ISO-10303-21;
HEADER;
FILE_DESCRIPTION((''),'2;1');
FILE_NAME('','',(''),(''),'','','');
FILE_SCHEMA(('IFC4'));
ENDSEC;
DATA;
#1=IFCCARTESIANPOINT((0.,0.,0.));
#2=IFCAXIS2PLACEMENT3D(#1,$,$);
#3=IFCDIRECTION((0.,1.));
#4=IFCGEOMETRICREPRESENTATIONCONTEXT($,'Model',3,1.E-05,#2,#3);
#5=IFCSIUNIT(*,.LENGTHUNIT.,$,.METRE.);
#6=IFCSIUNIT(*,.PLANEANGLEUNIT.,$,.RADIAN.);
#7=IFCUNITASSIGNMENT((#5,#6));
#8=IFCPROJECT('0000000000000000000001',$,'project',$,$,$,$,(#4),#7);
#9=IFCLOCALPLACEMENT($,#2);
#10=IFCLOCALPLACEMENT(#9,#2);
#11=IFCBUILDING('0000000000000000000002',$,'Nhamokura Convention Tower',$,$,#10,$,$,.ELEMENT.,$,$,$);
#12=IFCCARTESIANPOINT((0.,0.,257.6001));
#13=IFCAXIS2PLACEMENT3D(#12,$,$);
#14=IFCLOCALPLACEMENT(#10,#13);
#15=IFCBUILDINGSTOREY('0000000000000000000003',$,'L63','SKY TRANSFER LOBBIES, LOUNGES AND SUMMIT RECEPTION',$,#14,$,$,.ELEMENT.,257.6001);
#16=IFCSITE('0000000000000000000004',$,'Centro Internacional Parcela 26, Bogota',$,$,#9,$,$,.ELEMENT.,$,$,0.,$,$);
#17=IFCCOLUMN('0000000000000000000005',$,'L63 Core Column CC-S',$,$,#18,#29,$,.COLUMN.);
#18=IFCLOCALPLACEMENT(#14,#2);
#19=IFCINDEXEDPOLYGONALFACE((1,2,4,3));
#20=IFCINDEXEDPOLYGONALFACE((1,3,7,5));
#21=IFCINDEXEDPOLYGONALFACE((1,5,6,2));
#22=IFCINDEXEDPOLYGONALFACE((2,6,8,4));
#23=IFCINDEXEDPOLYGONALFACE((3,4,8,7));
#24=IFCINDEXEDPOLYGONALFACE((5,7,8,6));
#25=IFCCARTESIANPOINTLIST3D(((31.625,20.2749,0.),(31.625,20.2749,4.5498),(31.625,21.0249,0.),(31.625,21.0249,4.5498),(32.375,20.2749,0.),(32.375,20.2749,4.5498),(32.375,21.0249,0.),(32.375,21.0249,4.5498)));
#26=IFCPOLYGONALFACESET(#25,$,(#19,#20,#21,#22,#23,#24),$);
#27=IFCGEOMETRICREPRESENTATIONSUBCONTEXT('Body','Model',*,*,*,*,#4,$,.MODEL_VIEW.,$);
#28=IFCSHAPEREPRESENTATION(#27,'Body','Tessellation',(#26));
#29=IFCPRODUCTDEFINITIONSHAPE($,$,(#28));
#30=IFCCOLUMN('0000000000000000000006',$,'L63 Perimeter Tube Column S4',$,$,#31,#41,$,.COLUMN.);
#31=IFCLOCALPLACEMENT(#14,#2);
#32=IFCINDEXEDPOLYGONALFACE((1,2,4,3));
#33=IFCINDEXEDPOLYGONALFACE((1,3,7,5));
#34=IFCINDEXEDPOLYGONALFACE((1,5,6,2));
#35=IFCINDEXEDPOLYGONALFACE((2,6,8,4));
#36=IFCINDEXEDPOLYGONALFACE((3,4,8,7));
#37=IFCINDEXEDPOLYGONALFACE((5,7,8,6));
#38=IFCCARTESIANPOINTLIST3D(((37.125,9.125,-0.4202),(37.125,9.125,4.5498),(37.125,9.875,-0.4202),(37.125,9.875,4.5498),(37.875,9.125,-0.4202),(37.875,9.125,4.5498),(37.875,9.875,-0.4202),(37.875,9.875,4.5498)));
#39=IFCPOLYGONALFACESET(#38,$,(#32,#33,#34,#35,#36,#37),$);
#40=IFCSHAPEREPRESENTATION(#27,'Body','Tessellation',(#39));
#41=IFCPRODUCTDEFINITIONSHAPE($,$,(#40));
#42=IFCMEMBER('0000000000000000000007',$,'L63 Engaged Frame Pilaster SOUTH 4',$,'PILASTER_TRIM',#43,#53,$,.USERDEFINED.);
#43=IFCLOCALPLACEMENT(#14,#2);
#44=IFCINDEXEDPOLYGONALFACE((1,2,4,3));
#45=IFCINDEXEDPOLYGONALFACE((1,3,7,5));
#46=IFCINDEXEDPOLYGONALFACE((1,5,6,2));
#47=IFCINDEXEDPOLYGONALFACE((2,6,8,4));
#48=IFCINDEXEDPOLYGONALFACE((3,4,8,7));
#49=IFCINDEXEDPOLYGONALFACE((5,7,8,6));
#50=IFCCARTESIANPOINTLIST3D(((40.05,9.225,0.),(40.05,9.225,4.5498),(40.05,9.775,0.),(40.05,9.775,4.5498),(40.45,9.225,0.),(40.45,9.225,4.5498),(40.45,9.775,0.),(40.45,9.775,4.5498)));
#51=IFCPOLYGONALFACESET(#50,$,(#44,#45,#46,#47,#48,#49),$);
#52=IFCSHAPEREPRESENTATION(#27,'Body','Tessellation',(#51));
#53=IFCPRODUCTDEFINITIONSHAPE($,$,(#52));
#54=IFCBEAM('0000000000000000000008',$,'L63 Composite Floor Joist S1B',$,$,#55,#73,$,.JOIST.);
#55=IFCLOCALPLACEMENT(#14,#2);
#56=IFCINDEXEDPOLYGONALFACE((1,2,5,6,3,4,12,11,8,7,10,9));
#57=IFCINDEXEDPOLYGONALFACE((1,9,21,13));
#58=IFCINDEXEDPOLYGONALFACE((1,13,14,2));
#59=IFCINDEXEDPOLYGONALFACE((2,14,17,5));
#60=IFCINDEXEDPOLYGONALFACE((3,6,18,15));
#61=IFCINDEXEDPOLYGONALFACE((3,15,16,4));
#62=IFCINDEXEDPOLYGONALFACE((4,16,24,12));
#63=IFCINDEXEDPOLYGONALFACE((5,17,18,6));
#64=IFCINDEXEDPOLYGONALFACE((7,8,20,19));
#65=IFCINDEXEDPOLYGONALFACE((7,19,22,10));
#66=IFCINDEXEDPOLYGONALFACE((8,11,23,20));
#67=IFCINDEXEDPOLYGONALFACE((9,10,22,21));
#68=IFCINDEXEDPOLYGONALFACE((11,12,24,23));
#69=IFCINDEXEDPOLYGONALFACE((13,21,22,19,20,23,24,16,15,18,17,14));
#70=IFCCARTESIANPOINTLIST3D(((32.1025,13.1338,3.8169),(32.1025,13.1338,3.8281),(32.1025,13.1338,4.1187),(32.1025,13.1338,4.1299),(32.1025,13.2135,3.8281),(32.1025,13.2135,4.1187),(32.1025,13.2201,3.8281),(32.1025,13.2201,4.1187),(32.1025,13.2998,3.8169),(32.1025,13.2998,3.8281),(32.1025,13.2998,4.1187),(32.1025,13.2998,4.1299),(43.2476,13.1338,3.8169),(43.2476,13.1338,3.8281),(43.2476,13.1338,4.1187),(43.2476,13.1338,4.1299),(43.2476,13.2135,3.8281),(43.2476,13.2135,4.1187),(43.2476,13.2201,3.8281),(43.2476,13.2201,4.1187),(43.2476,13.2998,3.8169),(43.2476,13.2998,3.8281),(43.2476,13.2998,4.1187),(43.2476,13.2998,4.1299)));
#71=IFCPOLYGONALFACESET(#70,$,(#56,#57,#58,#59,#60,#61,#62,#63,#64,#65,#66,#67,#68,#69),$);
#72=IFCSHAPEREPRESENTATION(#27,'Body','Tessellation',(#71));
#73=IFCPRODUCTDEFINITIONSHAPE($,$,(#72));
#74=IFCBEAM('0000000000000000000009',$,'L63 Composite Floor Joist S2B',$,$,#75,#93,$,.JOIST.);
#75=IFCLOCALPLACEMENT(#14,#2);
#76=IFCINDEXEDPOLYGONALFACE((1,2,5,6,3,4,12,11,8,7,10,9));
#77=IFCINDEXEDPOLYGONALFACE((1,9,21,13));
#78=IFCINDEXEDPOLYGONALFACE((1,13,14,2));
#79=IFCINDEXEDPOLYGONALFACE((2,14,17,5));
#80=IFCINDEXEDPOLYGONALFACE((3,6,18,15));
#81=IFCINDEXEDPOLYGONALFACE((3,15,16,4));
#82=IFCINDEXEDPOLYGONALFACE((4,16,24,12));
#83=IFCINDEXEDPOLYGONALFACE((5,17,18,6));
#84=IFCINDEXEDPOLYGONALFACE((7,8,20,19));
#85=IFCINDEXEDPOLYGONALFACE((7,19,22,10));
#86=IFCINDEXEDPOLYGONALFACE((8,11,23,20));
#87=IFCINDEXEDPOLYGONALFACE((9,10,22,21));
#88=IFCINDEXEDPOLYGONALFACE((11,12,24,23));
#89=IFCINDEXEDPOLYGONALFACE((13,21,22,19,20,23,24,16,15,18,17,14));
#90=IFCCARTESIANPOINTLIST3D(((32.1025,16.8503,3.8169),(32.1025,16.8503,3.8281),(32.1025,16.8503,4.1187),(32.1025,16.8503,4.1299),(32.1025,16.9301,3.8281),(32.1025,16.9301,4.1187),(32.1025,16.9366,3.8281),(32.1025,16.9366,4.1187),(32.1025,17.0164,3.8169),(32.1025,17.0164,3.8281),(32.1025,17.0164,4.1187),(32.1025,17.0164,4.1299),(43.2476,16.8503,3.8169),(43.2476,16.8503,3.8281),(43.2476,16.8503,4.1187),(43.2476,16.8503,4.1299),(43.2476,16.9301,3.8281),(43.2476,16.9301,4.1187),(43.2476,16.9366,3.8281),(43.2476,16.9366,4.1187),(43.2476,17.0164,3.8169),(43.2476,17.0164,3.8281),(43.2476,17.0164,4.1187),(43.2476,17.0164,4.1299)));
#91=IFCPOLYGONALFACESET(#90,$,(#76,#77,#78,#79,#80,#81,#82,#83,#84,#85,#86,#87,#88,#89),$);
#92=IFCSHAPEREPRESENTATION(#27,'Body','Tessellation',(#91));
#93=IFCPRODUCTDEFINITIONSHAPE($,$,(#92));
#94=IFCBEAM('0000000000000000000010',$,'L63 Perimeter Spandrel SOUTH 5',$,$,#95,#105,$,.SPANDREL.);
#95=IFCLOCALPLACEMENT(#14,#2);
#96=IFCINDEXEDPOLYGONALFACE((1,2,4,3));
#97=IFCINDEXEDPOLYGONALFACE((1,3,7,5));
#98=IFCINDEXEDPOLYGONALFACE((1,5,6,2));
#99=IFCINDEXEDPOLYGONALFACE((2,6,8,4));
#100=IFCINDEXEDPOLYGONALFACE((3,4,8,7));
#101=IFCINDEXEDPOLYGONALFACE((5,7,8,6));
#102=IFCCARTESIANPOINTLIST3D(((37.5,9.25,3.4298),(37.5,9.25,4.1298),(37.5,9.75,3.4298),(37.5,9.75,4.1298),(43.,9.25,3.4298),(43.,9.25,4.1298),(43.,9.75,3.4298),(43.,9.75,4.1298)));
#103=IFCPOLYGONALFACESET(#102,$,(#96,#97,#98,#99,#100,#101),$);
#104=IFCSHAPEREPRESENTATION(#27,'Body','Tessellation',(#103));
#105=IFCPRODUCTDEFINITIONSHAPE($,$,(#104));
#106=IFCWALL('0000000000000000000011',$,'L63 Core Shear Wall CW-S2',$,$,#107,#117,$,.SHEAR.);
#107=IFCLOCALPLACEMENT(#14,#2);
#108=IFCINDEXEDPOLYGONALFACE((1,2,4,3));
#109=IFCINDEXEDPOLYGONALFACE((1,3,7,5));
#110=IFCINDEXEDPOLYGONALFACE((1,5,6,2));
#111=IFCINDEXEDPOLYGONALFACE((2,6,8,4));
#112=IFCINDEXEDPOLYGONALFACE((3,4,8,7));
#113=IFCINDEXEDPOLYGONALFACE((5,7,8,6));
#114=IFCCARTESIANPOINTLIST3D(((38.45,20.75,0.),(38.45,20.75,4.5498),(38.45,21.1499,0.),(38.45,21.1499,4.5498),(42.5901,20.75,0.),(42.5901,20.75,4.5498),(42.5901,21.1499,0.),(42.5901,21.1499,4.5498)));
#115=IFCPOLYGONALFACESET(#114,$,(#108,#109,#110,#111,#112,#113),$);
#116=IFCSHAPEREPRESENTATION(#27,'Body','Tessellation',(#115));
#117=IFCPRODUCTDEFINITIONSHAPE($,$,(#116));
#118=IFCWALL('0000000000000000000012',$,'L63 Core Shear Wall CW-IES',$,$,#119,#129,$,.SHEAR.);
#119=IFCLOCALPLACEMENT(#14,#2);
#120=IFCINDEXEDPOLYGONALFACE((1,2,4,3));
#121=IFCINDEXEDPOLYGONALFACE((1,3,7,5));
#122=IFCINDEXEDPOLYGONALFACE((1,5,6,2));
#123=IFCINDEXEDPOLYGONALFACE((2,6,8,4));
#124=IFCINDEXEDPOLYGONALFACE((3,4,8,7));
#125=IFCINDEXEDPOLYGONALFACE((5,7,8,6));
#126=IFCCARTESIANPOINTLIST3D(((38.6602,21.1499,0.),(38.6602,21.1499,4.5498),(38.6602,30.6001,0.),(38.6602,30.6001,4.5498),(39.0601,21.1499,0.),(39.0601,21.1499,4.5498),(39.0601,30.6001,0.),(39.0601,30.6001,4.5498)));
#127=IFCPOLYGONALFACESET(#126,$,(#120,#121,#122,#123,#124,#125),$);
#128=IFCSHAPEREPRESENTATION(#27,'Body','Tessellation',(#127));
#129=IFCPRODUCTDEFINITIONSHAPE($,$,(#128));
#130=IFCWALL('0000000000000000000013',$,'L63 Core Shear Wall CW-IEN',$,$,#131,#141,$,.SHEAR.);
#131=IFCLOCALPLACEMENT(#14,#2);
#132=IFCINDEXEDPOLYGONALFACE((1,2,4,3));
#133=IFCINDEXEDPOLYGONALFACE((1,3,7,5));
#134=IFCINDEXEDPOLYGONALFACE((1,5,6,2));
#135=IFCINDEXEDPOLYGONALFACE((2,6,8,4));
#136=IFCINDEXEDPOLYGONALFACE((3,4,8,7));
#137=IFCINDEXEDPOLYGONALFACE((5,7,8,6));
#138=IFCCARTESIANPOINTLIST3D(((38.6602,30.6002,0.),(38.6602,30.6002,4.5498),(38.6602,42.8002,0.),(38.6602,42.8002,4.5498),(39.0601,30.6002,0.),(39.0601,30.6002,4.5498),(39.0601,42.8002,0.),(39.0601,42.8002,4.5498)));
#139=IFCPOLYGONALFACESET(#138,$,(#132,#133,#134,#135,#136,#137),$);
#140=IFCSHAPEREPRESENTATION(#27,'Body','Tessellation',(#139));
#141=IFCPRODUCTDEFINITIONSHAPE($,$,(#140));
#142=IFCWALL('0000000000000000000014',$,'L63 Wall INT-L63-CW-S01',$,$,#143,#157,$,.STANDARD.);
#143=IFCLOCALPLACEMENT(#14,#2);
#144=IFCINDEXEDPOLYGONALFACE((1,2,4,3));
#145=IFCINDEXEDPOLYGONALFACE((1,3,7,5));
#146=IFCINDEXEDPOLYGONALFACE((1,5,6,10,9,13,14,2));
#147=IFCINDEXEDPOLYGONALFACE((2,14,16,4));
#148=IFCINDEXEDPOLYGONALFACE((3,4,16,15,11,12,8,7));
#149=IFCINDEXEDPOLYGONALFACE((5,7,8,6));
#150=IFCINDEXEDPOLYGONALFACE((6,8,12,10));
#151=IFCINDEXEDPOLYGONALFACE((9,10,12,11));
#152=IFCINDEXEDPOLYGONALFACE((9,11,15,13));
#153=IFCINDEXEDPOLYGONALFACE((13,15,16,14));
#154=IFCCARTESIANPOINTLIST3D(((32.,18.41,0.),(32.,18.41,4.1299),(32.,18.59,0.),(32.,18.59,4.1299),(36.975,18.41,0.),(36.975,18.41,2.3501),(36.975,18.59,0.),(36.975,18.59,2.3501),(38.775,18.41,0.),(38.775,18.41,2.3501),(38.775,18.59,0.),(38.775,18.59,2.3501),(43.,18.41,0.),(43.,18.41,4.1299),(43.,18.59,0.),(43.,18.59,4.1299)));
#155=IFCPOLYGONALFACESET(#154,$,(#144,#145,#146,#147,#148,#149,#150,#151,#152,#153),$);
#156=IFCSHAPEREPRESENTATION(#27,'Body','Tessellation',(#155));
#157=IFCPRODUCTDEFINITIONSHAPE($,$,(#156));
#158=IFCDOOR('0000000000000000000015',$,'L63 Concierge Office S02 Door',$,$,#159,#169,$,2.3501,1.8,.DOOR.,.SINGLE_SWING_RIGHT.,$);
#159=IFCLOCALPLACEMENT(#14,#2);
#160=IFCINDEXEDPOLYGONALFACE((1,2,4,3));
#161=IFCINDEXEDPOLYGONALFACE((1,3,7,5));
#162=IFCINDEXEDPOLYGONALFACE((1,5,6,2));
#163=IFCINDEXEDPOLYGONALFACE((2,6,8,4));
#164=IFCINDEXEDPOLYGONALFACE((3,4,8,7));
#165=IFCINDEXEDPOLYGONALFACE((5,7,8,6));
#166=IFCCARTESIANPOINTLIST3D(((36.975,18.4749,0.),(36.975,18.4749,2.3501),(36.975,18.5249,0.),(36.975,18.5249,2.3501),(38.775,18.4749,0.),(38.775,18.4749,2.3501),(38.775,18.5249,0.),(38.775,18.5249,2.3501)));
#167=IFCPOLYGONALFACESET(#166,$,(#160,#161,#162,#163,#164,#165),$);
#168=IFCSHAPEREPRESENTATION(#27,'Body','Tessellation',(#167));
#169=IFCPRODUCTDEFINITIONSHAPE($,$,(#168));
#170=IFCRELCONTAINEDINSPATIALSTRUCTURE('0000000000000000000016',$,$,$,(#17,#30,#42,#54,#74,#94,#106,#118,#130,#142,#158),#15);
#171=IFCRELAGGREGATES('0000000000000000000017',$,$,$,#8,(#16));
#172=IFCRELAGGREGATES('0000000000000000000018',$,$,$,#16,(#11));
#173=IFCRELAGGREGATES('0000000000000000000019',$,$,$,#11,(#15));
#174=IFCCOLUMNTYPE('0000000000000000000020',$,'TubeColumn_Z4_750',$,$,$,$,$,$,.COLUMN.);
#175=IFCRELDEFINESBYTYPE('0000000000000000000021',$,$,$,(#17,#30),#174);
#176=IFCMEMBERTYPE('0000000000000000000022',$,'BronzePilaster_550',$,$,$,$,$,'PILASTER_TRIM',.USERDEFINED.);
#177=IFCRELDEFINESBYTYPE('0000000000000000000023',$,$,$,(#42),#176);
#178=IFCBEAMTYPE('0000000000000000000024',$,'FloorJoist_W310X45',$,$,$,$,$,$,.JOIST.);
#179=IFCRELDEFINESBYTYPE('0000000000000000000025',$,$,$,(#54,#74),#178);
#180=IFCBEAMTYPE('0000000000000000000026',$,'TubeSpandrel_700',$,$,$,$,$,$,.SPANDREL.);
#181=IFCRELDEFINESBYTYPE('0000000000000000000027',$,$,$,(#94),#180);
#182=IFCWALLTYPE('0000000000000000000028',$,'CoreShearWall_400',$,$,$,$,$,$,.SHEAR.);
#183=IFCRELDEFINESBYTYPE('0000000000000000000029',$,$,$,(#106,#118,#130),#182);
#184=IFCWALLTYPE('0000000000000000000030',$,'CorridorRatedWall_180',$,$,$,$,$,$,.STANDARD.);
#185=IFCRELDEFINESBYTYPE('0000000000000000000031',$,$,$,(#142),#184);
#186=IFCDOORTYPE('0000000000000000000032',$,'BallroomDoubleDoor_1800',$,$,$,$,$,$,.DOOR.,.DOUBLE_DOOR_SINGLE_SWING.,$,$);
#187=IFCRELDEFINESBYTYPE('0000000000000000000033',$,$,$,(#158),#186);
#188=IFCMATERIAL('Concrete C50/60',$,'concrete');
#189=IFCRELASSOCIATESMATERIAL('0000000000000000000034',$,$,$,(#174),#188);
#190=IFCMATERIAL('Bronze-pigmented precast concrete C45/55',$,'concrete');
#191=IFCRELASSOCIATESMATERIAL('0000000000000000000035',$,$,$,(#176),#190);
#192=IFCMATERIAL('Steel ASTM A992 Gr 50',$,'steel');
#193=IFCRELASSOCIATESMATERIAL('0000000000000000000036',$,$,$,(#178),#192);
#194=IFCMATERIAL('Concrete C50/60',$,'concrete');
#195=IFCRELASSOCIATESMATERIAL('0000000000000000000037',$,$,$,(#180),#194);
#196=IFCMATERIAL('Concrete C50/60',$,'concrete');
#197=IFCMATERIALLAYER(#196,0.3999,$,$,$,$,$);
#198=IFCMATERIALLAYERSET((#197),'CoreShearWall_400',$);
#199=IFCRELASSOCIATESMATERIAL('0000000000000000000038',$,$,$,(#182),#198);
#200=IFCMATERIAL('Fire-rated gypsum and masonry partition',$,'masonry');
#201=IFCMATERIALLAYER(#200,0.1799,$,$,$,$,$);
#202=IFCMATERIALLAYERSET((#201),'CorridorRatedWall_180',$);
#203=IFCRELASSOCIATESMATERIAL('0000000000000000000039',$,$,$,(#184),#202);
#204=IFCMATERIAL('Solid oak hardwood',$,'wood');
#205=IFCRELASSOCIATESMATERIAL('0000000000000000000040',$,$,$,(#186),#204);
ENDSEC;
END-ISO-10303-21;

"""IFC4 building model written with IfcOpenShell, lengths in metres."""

from ifc_helpers import new_model, si_unit, direction, frame, frame_2d, origin, origin_2d, place, context, subcontext, project, spatial, rectangle, i_section, extrude, material, layer, layer_set, material_profile, profile_set, type_object, element, fill, save


model = new_model("IFC4")

# Units and contexts
model_context = context("Model", 3, precision=1e-05, world=origin(), true_north=direction((0.0, 1.0)))
body_context = subcontext(model_context, "Body", "Model", "MODEL_VIEW")
ifc_project = project(units=[si_unit("LENGTHUNIT", "METRE"), si_unit("PLANEANGLEUNIT", "RADIAN")], contexts=[model_context])

# Site, building, storey
site_placement = place(None, origin())
site = spatial("IfcSite", under=ifc_project, at=site_placement, Name="Centro Internacional Parcela 26, Bogota", CompositionType="ELEMENT", RefElevation=0.0)
building_placement = place(site_placement, origin())
building = spatial("IfcBuilding", under=site, at=building_placement, Name="Nhamokura Convention Tower", CompositionType="ELEMENT")
storey_placement = place(building_placement, frame((0.0, 0.0, 257.6001)))
storey = spatial("IfcBuildingStorey", under=building, at=storey_placement, Name="L63", Description="SKY TRANSFER LOBBIES, LOUNGES AND SUMMIT RECEPTION", CompositionType="ELEMENT", Elevation=257.6001)

# Columns
ifc_material_1 = material(Name="Concrete C50/60", Category="concrete")
ifc_material_profile_1 = material_profile(ifc_material_1, rectangle(XDim=0.75, YDim=0.75, at=origin_2d()))
ifc_profile_set_1 = profile_set([ifc_material_profile_1], Name="Concrete C50/60")
column_type = type_object("IfcColumnType", Name="TubeColumn_Z4_750", PredefinedType="COLUMN", material=ifc_profile_set_1)
column_1_placement = place(storey_placement, frame((32.0, 20.6499, 0.0), z_axis=(0.0, 0.0, 1.0), x_axis=(1.0, 0.0, 0.0)))
element("IfcColumn", 1, at=column_1_placement, inside=storey, type_object=column_type, Name="L63 Core Column CC-S", PredefinedType="COLUMN", context=body_context, shape_type="SweptSolid", body=[
    extrude(rectangle(XDim=0.75, YDim=0.75, at=origin_2d()), origin(), (0.0, 0.0, 1.0), 4.5498),
])
column_2_placement = place(storey_placement, frame((37.5, 9.5, -0.4202), z_axis=(0.0, 0.0, 1.0), x_axis=(1.0, 0.0, 0.0)))
element("IfcColumn", 2, at=column_2_placement, inside=storey, type_object=column_type, Name="L63 Perimeter Tube Column S4", PredefinedType="COLUMN", context=body_context, shape_type="SweptSolid", body=[
    extrude(rectangle(XDim=0.75, YDim=0.75, at=origin_2d()), origin(), (0.0, 0.0, 1.0), 4.97),
])

# Member
ifc_material_2 = material(Name="Bronze-pigmented precast concrete C45/55", Category="concrete")
ifc_material_profile_2 = material_profile(ifc_material_2, rectangle(XDim=0.3999, YDim=0.55, at=origin_2d()))
ifc_profile_set_2 = profile_set([ifc_material_profile_2], Name="Bronze-pigmented precast concrete C45/55")
member_type = type_object("IfcMemberType", Name="BronzePilaster_550", ElementType="PILASTER_TRIM", PredefinedType="USERDEFINED", material=ifc_profile_set_2)
member_placement = place(storey_placement, frame((40.25, 9.5, 0.0), z_axis=(0.0, 0.0, 1.0), x_axis=(1.0, 0.0, 0.0)))
element("IfcMember", 3, at=member_placement, inside=storey, type_object=member_type, Name="L63 Engaged Frame Pilaster SOUTH 4", ObjectType="PILASTER_TRIM", PredefinedType="USERDEFINED", context=body_context, shape_type="SweptSolid", body=[
    extrude(rectangle(XDim=0.3999, YDim=0.55, at=origin_2d()), origin(), (0.0, 0.0, 1.0), 4.5498),
])

# Beams
ifc_material_3 = material(Name="Steel ASTM A992 Gr 50", Category="steel")
ifc_material_profile_3 = material_profile(ifc_material_3, i_section(OverallWidth=0.166, OverallDepth=0.313, WebThickness=0.0066, FlangeThickness=0.0112, at=origin_2d()))
ifc_profile_set_3 = profile_set([ifc_material_profile_3], Name="Steel ASTM A992 Gr 50")
beam_type_1 = type_object("IfcBeamType", Name="FloorJoist_W310X45", PredefinedType="JOIST", material=ifc_profile_set_3)
for number, where, z_axis, x_axis, name in (
    (4, (32.1025, 13.2168, 3.9734), (1.0, 0.0, 0.0), (0.0, 1.0, 0.0), "L63 Composite Floor Joist S1B"),
    (5, (32.1025, 16.9333, 3.9734), (1.0, 0.0, 0.0), (0.0, 1.0, 0.0), "L63 Composite Floor Joist S2B"),
):
    element("IfcBeam", number, at=place(storey_placement, frame(where, z_axis=z_axis, x_axis=x_axis)), inside=storey, type_object=beam_type_1, Name=name, PredefinedType="JOIST", context=body_context, shape_type="SweptSolid", body=[
        extrude(i_section(OverallWidth=0.166, OverallDepth=0.313, WebThickness=0.0066, FlangeThickness=0.0112, at=origin_2d()), origin(), (0.0, 0.0, 1.0), 11.145),
    ])
ifc_material_4 = material(Name="Concrete C50/60", Category="concrete")
ifc_material_profile_4 = material_profile(ifc_material_4, rectangle(XDim=0.5, YDim=0.7, at=origin_2d()))
ifc_profile_set_4 = profile_set([ifc_material_profile_4], Name="Concrete C50/60")
beam_type_2 = type_object("IfcBeamType", Name="TubeSpandrel_700", PredefinedType="SPANDREL", material=ifc_profile_set_4)
beam_placement = place(storey_placement, frame((37.5, 9.5, 3.7798), z_axis=(1.0, 0.0, 0.0), x_axis=(0.0, 1.0, 0.0)))
element("IfcBeam", 6, at=beam_placement, inside=storey, type_object=beam_type_2, Name="L63 Perimeter Spandrel SOUTH 5", PredefinedType="SPANDREL", context=body_context, shape_type="SweptSolid", body=[
    extrude(rectangle(XDim=0.5, YDim=0.7, at=origin_2d()), origin(), (0.0, 0.0, 1.0), 5.5),
])

# Walls
ifc_material_5 = material(Name="Concrete C50/60", Category="concrete")
ifc_layer_1 = layer(ifc_material_5, 0.3999)
ifc_layer_set_1 = layer_set([ifc_layer_1], Name="CoreShearWall_400")
wall_type_1 = type_object("IfcWallType", Name="CoreShearWall_400", PredefinedType="SHEAR", material=ifc_layer_set_1)
wall_1_placement = place(storey_placement, frame((38.45, 20.95, 0.0), z_axis=(0.0, 0.0, 1.0), x_axis=(1.0, 0.0, 0.0)))
element("IfcWall", 7, at=wall_1_placement, inside=storey, type_object=wall_type_1, Name="L63 Core Shear Wall CW-S2", PredefinedType="SHEAR", context=body_context, shape_type="SweptSolid", body=[
    extrude(rectangle(XDim=4.1401, YDim=0.3999, at=frame_2d((2.0701, 0.0))), origin(), (0.0, 0.0, 1.0), 4.5498),
])
wall_2_placement = place(storey_placement, frame((38.8601, 21.1499, 0.0), z_axis=(0.0, 0.0, 1.0), x_axis=(0.0, 1.0, 0.0)))
element("IfcWall", 8, at=wall_2_placement, inside=storey, type_object=wall_type_1, Name="L63 Core Shear Wall CW-IES", PredefinedType="SHEAR", context=body_context, shape_type="SweptSolid", body=[
    extrude(rectangle(XDim=9.4502, YDim=0.3999, at=frame_2d((4.7251, 0.0))), origin(), (0.0, 0.0, 1.0), 4.5498),
])
wall_3_placement = place(storey_placement, frame((38.8601, 30.6001, 0.0), z_axis=(0.0, 0.0, 1.0), x_axis=(0.0, 1.0, 0.0)))
element("IfcWall", 9, at=wall_3_placement, inside=storey, type_object=wall_type_1, Name="L63 Core Shear Wall CW-IEN", PredefinedType="SHEAR", context=body_context, shape_type="SweptSolid", body=[
    extrude(rectangle(XDim=12.2, YDim=0.3999, at=frame_2d((6.1001, 0.0))), origin(), (0.0, 0.0, 1.0), 4.5498),
])

# Wall, opening, door
ifc_material_6 = material(Name="Fire-rated gypsum and masonry partition", Category="masonry")
ifc_layer_2 = layer(ifc_material_6, 0.1799)
ifc_layer_set_2 = layer_set([ifc_layer_2], Name="CorridorRatedWall_180")
wall_type_2 = type_object("IfcWallType", Name="CorridorRatedWall_180", PredefinedType="STANDARD", material=ifc_layer_set_2)
wall_4_placement = place(storey_placement, frame((32.0, 18.5, 0.0), z_axis=(0.0, 0.0, 1.0), x_axis=(1.0, 0.0, 0.0)))
wall_4 = element("IfcWall", 10, at=wall_4_placement, inside=storey, type_object=wall_type_2, Name="L63 Wall INT-L63-CW-S01", PredefinedType="STANDARD", context=body_context, shape_type="SweptSolid", body=[
    extrude(rectangle(XDim=11.0, YDim=0.1799, at=frame_2d((5.5, 0.0))), origin(), (0.0, 0.0, 1.0), 4.1299),
])
opening_1_placement = place(wall_4_placement, frame((4.9751, 0.0, 0.0)))
opening_1 = element("IfcOpeningElement", 11, at=opening_1_placement, cuts=wall_4, PredefinedType="OPENING", context=body_context, shape_type="SweptSolid", body=[
    extrude(rectangle(XDim=1.8, YDim=2.3501, at=frame_2d((0.8999, 1.175))), frame((0.0, 0.0999, 0.0), z_axis=(0.0, -1.0, 0.0), x_axis=(1.0, 0.0, 0.0)), (0.0, 0.0, 1.0), 0.2),
])
ifc_material_7 = material(Name="Solid oak hardwood", Category="wood")
door_type_1 = type_object("IfcDoorType", Name="BallroomDoubleDoor_1800", OperationType="DOUBLE_DOOR_SINGLE_SWING", PredefinedType="DOOR", material=ifc_material_7)
door_1_placement = place(opening_1_placement, origin())
door_1 = element("IfcDoor", 12, at=door_1_placement, inside=storey, type_object=door_type_1, Name="L63 Concierge Office S02 Door", OperationType="SINGLE_SWING_RIGHT", OverallHeight=2.3501, OverallWidth=1.8, PredefinedType="DOOR", context=body_context, shape_type="SweptSolid", body=[
    extrude(rectangle(XDim=1.8, YDim=2.3501, at=frame_2d((0.8999, 1.175))), frame((0.0, 0.0249, 0.0), z_axis=(0.0, -1.0, 0.0), x_axis=(1.0, 0.0, 0.0)), (0.0, 0.0, 1.0), 0.05),
])
fill(opening_1, door_1)

save(model, "model.ifc")
